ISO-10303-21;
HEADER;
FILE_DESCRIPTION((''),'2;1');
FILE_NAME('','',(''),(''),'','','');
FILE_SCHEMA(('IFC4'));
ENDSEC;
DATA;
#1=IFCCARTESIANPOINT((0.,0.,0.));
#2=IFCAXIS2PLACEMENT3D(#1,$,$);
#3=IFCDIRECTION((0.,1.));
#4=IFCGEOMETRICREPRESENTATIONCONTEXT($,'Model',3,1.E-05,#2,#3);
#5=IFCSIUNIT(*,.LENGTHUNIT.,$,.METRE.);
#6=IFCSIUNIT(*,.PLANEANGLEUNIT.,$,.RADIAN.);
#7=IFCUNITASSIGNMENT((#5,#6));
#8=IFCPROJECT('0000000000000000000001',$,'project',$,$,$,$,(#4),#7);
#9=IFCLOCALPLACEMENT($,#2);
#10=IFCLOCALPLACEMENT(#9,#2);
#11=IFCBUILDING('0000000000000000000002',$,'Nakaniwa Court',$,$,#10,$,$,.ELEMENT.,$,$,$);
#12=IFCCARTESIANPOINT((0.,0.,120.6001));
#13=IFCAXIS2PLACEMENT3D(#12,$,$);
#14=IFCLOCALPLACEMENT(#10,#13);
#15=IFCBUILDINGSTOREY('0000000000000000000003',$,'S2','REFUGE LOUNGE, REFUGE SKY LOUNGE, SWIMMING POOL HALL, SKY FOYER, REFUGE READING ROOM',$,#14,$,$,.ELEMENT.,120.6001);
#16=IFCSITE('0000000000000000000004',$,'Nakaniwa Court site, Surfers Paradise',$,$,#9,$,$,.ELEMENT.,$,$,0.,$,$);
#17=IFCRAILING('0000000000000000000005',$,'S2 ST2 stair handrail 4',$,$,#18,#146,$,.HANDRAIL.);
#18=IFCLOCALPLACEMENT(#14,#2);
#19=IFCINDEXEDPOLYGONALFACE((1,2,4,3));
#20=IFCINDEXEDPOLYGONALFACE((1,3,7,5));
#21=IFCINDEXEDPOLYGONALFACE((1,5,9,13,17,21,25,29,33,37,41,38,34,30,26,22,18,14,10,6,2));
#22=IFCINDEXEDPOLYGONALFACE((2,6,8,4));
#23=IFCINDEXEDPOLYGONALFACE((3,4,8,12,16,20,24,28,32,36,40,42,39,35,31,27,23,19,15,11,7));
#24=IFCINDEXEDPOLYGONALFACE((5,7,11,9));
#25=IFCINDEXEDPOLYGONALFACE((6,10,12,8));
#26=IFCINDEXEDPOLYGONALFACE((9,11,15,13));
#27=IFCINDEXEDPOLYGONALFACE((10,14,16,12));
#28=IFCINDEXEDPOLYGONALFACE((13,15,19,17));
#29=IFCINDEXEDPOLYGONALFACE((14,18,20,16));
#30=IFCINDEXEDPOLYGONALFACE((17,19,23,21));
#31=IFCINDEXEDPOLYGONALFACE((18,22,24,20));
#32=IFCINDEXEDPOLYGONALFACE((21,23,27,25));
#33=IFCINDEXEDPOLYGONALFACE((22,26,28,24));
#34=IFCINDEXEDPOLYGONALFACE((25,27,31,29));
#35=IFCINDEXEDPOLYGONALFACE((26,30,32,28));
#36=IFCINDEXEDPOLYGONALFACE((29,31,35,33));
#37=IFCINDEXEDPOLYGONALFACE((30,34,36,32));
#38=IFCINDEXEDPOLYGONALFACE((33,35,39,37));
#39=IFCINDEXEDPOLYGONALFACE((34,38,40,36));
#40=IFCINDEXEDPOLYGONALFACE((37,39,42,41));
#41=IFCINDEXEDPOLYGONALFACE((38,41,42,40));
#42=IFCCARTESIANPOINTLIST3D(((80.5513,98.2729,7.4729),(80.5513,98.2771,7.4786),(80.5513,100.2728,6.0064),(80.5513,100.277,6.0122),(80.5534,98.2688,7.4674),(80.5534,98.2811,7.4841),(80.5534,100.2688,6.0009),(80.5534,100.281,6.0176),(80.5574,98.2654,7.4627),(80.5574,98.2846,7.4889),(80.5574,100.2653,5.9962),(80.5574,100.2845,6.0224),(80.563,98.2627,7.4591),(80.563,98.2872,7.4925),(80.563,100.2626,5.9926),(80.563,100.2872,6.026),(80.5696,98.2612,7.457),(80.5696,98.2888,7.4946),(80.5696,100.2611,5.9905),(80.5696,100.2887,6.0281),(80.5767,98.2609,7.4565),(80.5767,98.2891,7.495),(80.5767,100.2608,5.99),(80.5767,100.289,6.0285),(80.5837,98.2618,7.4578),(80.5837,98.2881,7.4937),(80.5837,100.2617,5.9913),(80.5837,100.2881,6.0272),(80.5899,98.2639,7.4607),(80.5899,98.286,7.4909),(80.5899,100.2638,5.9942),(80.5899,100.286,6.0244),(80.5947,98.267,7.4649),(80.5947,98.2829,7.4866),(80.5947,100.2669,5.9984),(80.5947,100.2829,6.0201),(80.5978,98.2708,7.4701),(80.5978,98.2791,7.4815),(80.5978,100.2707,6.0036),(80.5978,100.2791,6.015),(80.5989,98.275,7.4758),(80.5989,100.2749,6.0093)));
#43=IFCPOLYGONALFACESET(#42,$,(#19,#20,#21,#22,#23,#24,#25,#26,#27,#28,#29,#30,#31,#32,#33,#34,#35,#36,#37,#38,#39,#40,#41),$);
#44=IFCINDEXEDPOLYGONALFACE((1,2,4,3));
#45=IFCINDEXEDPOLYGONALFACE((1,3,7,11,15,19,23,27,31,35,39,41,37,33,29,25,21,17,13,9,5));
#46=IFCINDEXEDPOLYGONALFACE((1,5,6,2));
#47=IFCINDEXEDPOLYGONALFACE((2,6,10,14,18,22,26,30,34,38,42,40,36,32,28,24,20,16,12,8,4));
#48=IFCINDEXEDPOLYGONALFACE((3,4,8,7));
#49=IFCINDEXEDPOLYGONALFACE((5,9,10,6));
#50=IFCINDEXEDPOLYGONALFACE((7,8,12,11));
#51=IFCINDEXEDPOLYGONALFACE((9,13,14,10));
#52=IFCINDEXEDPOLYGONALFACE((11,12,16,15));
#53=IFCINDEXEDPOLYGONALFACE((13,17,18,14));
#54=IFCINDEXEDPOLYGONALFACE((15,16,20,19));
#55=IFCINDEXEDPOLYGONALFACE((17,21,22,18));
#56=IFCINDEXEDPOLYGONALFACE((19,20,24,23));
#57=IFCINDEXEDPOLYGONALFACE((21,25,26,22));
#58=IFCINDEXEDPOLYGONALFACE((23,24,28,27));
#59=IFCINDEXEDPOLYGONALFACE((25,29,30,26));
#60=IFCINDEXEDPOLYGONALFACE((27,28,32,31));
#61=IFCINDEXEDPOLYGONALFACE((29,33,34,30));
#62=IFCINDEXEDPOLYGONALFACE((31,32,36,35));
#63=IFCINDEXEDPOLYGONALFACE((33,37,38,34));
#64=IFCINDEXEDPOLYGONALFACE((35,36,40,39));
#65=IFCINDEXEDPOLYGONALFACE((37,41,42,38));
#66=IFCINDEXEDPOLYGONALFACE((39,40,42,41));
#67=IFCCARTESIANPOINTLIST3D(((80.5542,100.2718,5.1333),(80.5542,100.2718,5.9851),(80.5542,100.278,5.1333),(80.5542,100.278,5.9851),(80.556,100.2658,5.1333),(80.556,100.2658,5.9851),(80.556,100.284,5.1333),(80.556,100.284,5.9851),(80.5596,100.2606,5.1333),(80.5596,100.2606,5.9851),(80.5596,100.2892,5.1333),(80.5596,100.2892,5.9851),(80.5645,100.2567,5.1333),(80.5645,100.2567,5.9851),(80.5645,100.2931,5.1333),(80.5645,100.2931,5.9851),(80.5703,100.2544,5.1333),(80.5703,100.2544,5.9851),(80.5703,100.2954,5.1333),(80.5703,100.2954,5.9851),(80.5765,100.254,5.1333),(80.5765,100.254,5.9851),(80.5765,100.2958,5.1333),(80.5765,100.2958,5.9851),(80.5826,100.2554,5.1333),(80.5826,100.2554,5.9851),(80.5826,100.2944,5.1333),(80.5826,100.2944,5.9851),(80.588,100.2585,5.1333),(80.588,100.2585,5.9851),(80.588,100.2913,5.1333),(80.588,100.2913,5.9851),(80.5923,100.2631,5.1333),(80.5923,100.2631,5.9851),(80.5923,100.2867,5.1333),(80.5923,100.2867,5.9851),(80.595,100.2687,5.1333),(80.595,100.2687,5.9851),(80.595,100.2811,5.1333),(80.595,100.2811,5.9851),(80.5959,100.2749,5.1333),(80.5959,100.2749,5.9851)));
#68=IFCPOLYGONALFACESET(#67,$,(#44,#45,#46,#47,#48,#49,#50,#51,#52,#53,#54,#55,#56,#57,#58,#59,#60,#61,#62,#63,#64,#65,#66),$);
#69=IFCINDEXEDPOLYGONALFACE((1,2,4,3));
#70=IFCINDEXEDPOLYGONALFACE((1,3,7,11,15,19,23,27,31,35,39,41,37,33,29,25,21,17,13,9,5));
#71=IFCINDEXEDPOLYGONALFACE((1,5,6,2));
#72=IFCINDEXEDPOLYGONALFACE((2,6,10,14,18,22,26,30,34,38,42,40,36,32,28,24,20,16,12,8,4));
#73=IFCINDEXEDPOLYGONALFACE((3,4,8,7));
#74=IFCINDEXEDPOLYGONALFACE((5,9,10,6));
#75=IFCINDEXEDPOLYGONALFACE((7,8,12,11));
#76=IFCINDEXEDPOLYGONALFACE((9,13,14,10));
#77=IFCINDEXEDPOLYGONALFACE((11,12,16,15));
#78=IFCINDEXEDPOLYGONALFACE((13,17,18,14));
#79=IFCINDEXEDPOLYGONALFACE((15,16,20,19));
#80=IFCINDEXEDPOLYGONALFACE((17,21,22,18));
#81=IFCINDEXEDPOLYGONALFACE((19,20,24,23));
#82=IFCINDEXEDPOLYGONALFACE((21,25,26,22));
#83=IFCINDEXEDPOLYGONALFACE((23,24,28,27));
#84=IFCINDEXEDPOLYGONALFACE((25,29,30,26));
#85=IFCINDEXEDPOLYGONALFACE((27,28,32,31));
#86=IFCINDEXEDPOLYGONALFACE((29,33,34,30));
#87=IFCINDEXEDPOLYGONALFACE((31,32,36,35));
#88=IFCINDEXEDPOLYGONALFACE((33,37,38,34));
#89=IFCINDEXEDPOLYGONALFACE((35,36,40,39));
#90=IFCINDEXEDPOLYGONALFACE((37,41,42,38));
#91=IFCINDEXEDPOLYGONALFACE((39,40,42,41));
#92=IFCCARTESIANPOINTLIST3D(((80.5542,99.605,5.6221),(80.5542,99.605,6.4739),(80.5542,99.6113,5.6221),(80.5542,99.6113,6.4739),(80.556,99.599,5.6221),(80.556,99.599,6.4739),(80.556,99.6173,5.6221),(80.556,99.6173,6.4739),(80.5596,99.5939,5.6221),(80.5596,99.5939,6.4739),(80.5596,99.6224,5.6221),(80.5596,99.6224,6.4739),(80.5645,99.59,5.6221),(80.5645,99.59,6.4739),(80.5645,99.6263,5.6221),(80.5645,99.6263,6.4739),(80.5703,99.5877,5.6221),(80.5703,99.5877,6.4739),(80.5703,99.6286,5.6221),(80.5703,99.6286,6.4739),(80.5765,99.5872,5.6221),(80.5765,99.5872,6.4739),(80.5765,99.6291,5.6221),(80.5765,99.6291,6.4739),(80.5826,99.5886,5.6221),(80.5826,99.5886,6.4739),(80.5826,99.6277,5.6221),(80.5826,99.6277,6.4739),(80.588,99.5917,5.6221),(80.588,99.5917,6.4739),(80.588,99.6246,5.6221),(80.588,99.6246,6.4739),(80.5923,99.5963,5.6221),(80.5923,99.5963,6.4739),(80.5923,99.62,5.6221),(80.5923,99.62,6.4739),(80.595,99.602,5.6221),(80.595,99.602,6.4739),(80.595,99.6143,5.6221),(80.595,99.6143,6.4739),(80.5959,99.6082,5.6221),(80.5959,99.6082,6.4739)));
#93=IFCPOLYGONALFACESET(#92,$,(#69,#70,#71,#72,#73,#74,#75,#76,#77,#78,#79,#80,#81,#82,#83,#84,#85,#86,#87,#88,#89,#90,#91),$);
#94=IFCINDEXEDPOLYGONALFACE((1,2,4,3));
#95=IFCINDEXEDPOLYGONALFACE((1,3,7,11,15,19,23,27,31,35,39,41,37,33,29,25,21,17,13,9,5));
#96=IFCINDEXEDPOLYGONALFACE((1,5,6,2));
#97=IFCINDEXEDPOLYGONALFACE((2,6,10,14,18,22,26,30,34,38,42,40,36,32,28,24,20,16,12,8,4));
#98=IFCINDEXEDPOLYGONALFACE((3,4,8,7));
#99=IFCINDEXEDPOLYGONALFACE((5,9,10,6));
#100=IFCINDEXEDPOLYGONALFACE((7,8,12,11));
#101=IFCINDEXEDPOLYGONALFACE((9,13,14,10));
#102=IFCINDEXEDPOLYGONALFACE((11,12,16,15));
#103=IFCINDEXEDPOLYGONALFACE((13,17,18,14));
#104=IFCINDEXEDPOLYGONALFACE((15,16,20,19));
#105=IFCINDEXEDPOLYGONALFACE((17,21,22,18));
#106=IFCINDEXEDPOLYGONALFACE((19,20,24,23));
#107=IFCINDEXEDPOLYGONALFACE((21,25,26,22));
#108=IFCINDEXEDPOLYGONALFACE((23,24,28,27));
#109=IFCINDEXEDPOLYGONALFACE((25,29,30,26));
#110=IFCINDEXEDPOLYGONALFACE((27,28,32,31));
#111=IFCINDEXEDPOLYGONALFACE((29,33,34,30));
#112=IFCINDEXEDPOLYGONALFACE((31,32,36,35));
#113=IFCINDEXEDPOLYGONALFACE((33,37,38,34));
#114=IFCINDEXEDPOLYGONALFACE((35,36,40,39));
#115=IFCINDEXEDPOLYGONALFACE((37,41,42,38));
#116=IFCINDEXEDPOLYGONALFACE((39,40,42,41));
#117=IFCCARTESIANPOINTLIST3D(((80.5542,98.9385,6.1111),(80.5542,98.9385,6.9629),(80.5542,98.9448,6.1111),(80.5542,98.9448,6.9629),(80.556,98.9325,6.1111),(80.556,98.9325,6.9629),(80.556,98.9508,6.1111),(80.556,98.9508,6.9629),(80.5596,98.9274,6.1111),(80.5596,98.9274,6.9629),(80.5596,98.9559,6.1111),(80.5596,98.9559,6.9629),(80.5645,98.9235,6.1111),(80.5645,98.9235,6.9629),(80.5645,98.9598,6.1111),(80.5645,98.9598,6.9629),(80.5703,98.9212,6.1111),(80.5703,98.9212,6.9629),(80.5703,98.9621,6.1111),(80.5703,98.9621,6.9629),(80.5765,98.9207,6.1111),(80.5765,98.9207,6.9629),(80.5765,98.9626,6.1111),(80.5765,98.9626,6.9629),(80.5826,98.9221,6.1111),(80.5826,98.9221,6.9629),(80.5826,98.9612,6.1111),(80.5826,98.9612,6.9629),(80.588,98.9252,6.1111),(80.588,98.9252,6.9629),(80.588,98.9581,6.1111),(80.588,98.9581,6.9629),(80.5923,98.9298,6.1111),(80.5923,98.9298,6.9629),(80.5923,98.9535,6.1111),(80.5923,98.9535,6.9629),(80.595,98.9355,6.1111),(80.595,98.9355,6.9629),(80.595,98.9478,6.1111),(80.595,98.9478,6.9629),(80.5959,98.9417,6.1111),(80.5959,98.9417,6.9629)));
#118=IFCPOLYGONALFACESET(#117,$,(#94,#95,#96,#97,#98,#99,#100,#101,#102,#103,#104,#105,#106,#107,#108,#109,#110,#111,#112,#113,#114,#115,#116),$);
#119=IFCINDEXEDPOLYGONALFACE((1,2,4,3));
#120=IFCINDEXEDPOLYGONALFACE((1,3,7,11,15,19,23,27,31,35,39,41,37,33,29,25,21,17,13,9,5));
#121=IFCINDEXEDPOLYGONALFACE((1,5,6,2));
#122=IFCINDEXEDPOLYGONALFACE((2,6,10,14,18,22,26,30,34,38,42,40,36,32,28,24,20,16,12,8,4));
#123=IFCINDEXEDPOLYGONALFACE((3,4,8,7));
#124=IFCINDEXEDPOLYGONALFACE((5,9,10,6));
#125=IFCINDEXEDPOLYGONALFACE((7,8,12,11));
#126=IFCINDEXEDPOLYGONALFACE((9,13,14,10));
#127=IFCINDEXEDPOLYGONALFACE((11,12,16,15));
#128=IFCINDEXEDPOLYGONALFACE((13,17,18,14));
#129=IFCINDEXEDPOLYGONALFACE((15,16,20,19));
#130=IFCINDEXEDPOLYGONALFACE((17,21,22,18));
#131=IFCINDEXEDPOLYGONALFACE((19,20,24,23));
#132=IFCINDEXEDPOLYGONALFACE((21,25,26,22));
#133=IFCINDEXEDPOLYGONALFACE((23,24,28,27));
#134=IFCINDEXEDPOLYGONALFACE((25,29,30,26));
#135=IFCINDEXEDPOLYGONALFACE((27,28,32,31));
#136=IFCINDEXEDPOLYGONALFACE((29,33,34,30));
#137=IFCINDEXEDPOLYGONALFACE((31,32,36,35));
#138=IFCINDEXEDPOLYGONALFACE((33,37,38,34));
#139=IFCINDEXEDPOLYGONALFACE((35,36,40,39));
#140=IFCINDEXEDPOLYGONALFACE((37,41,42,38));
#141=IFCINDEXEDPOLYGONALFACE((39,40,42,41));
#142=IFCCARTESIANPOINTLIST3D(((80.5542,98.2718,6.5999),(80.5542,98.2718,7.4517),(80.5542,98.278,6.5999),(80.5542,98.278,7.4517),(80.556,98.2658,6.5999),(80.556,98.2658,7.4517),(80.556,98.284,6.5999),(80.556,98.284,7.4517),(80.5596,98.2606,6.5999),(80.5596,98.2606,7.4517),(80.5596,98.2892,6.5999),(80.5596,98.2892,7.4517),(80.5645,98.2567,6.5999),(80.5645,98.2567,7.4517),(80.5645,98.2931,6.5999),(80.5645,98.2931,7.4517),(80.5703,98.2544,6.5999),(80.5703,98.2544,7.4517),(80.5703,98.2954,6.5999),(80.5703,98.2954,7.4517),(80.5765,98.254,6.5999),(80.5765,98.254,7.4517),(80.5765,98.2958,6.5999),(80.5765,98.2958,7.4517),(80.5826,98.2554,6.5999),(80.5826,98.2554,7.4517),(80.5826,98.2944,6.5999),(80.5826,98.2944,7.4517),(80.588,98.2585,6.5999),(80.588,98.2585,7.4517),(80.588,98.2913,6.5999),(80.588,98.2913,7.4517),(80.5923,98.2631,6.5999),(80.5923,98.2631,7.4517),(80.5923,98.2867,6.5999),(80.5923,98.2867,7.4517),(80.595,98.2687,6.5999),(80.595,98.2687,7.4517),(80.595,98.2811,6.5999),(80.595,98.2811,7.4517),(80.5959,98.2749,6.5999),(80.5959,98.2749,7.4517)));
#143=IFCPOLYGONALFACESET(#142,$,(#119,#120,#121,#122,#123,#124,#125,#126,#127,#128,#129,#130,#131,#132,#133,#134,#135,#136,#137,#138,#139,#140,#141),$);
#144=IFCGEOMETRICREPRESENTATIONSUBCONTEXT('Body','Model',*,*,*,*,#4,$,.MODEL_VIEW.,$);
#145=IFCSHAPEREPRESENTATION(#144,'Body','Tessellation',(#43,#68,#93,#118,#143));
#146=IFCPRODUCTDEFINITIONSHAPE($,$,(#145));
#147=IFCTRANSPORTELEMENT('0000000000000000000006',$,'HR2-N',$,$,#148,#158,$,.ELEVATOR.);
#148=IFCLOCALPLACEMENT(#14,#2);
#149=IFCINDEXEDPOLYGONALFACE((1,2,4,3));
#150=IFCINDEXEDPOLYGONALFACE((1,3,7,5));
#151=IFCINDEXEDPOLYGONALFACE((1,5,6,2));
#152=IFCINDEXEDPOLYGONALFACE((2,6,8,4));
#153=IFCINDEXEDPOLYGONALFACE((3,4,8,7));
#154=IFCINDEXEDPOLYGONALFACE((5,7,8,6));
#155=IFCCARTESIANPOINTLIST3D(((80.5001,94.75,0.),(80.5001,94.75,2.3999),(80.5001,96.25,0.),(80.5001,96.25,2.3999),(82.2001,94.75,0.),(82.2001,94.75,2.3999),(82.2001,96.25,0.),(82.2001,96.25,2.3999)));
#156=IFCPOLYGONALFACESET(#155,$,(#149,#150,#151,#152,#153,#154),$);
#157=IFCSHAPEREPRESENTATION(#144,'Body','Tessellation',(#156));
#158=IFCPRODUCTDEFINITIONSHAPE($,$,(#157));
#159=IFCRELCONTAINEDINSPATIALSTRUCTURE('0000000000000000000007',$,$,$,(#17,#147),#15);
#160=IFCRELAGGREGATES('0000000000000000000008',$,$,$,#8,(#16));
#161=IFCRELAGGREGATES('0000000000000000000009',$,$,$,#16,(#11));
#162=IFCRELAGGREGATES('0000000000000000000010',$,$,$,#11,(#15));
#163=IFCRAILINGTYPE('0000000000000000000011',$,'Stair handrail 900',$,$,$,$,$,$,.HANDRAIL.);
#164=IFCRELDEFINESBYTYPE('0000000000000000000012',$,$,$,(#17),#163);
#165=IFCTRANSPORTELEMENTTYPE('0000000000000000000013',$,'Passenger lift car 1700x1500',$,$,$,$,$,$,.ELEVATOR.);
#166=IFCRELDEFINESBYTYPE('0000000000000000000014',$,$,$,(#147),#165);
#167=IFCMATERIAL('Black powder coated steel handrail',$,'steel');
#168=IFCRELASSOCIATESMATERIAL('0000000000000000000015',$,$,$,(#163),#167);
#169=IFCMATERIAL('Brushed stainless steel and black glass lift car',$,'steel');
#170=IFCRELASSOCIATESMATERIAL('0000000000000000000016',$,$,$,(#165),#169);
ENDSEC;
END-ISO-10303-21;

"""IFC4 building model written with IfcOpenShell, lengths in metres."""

from ifc_helpers import new_model, si_unit, direction, frame, origin, origin_2d, place, context, subcontext, project, spatial, rectangle, circle, extrude, material, type_object, element, save


model = new_model("IFC4")

# Units and contexts
model_context = context("Model", 3, precision=1e-05, world=origin(), true_north=direction((0.0, 1.0)))
body_context = subcontext(model_context, "Body", "Model", "MODEL_VIEW")
ifc_project = project(units=[si_unit("LENGTHUNIT", "METRE"), si_unit("PLANEANGLEUNIT", "RADIAN")], contexts=[model_context])

# Site, building, storey
site_placement = place(None, origin())
site = spatial("IfcSite", under=ifc_project, at=site_placement, Name="Nakaniwa Court site, Surfers Paradise", CompositionType="ELEMENT", RefElevation=0.0)
building_placement = place(site_placement, origin())
building = spatial("IfcBuilding", under=site, at=building_placement, Name="Nakaniwa Court", CompositionType="ELEMENT")
storey_placement = place(building_placement, frame((0.0, 0.0, 120.6001)))
storey = spatial("IfcBuildingStorey", under=building, at=storey_placement, Name="S2", Description="REFUGE LOUNGE, REFUGE SKY LOUNGE, SWIMMING POOL HALL, SKY FOYER, REFUGE READING ROOM", CompositionType="ELEMENT", Elevation=120.6001)

# Railing
ifc_material_1 = material(Name="Black powder coated steel handrail", Category="steel")
railing_type_1 = type_object("IfcRailingType", Name="Stair handrail 900", PredefinedType="HANDRAIL", material=ifc_material_1)
railing_1_placement = place(storey_placement, frame((80.575, 100.2749, 5.1333)))
element("IfcRailing", 1, at=railing_1_placement, inside=storey, type_object=railing_type_1, Name="S2 ST2 stair handrail 4", PredefinedType="HANDRAIL", context=body_context, shape_type="SweptSolid", body=[
    extrude(circle(Radius=0.0239, at=origin_2d()), frame((0.0, 0.0, 0.876), z_axis=(0.0, -0.806427, 0.591334), x_axis=(1.0, 0.0, 0.0)), (0.0, 0.0, 1.0), 2.48),
    extrude(circle(Radius=0.021, at=origin_2d()), origin(), (0.0, 0.0, 1.0), 0.8518),
    extrude(circle(Radius=0.021, at=origin_2d()), frame((0.0, -0.6667, 0.4888)), (0.0, 0.0, 1.0), 0.8518),
    extrude(circle(Radius=0.021, at=origin_2d()), frame((0.0, -1.3333, 0.9778)), (0.0, 0.0, 1.0), 0.8518),
    extrude(circle(Radius=0.021, at=origin_2d()), frame((0.0, -2.0, 1.4666)), (0.0, 0.0, 1.0), 0.8518),
])

# Transport element
ifc_material_2 = material(Name="Brushed stainless steel and black glass lift car", Category="steel")
transport_element_type = type_object("IfcTransportElementType", Name="Passenger lift car 1700x1500", PredefinedType="ELEVATOR", material=ifc_material_2)
transport_element_placement = place(storey_placement, frame((81.3501, 95.5, 0.0), z_axis=(0.0, 0.0, 1.0), x_axis=(1.0, 0.0, 0.0)))
element("IfcTransportElement", 2, at=transport_element_placement, inside=storey, type_object=transport_element_type, Name="HR2-N", PredefinedType="ELEVATOR", context=body_context, shape_type="SweptSolid", body=[
    extrude(rectangle(XDim=1.7, YDim=1.5, at=origin_2d()), origin(), (0.0, 0.0, 1.0), 2.3999),
])

save(model, "model.ifc")
